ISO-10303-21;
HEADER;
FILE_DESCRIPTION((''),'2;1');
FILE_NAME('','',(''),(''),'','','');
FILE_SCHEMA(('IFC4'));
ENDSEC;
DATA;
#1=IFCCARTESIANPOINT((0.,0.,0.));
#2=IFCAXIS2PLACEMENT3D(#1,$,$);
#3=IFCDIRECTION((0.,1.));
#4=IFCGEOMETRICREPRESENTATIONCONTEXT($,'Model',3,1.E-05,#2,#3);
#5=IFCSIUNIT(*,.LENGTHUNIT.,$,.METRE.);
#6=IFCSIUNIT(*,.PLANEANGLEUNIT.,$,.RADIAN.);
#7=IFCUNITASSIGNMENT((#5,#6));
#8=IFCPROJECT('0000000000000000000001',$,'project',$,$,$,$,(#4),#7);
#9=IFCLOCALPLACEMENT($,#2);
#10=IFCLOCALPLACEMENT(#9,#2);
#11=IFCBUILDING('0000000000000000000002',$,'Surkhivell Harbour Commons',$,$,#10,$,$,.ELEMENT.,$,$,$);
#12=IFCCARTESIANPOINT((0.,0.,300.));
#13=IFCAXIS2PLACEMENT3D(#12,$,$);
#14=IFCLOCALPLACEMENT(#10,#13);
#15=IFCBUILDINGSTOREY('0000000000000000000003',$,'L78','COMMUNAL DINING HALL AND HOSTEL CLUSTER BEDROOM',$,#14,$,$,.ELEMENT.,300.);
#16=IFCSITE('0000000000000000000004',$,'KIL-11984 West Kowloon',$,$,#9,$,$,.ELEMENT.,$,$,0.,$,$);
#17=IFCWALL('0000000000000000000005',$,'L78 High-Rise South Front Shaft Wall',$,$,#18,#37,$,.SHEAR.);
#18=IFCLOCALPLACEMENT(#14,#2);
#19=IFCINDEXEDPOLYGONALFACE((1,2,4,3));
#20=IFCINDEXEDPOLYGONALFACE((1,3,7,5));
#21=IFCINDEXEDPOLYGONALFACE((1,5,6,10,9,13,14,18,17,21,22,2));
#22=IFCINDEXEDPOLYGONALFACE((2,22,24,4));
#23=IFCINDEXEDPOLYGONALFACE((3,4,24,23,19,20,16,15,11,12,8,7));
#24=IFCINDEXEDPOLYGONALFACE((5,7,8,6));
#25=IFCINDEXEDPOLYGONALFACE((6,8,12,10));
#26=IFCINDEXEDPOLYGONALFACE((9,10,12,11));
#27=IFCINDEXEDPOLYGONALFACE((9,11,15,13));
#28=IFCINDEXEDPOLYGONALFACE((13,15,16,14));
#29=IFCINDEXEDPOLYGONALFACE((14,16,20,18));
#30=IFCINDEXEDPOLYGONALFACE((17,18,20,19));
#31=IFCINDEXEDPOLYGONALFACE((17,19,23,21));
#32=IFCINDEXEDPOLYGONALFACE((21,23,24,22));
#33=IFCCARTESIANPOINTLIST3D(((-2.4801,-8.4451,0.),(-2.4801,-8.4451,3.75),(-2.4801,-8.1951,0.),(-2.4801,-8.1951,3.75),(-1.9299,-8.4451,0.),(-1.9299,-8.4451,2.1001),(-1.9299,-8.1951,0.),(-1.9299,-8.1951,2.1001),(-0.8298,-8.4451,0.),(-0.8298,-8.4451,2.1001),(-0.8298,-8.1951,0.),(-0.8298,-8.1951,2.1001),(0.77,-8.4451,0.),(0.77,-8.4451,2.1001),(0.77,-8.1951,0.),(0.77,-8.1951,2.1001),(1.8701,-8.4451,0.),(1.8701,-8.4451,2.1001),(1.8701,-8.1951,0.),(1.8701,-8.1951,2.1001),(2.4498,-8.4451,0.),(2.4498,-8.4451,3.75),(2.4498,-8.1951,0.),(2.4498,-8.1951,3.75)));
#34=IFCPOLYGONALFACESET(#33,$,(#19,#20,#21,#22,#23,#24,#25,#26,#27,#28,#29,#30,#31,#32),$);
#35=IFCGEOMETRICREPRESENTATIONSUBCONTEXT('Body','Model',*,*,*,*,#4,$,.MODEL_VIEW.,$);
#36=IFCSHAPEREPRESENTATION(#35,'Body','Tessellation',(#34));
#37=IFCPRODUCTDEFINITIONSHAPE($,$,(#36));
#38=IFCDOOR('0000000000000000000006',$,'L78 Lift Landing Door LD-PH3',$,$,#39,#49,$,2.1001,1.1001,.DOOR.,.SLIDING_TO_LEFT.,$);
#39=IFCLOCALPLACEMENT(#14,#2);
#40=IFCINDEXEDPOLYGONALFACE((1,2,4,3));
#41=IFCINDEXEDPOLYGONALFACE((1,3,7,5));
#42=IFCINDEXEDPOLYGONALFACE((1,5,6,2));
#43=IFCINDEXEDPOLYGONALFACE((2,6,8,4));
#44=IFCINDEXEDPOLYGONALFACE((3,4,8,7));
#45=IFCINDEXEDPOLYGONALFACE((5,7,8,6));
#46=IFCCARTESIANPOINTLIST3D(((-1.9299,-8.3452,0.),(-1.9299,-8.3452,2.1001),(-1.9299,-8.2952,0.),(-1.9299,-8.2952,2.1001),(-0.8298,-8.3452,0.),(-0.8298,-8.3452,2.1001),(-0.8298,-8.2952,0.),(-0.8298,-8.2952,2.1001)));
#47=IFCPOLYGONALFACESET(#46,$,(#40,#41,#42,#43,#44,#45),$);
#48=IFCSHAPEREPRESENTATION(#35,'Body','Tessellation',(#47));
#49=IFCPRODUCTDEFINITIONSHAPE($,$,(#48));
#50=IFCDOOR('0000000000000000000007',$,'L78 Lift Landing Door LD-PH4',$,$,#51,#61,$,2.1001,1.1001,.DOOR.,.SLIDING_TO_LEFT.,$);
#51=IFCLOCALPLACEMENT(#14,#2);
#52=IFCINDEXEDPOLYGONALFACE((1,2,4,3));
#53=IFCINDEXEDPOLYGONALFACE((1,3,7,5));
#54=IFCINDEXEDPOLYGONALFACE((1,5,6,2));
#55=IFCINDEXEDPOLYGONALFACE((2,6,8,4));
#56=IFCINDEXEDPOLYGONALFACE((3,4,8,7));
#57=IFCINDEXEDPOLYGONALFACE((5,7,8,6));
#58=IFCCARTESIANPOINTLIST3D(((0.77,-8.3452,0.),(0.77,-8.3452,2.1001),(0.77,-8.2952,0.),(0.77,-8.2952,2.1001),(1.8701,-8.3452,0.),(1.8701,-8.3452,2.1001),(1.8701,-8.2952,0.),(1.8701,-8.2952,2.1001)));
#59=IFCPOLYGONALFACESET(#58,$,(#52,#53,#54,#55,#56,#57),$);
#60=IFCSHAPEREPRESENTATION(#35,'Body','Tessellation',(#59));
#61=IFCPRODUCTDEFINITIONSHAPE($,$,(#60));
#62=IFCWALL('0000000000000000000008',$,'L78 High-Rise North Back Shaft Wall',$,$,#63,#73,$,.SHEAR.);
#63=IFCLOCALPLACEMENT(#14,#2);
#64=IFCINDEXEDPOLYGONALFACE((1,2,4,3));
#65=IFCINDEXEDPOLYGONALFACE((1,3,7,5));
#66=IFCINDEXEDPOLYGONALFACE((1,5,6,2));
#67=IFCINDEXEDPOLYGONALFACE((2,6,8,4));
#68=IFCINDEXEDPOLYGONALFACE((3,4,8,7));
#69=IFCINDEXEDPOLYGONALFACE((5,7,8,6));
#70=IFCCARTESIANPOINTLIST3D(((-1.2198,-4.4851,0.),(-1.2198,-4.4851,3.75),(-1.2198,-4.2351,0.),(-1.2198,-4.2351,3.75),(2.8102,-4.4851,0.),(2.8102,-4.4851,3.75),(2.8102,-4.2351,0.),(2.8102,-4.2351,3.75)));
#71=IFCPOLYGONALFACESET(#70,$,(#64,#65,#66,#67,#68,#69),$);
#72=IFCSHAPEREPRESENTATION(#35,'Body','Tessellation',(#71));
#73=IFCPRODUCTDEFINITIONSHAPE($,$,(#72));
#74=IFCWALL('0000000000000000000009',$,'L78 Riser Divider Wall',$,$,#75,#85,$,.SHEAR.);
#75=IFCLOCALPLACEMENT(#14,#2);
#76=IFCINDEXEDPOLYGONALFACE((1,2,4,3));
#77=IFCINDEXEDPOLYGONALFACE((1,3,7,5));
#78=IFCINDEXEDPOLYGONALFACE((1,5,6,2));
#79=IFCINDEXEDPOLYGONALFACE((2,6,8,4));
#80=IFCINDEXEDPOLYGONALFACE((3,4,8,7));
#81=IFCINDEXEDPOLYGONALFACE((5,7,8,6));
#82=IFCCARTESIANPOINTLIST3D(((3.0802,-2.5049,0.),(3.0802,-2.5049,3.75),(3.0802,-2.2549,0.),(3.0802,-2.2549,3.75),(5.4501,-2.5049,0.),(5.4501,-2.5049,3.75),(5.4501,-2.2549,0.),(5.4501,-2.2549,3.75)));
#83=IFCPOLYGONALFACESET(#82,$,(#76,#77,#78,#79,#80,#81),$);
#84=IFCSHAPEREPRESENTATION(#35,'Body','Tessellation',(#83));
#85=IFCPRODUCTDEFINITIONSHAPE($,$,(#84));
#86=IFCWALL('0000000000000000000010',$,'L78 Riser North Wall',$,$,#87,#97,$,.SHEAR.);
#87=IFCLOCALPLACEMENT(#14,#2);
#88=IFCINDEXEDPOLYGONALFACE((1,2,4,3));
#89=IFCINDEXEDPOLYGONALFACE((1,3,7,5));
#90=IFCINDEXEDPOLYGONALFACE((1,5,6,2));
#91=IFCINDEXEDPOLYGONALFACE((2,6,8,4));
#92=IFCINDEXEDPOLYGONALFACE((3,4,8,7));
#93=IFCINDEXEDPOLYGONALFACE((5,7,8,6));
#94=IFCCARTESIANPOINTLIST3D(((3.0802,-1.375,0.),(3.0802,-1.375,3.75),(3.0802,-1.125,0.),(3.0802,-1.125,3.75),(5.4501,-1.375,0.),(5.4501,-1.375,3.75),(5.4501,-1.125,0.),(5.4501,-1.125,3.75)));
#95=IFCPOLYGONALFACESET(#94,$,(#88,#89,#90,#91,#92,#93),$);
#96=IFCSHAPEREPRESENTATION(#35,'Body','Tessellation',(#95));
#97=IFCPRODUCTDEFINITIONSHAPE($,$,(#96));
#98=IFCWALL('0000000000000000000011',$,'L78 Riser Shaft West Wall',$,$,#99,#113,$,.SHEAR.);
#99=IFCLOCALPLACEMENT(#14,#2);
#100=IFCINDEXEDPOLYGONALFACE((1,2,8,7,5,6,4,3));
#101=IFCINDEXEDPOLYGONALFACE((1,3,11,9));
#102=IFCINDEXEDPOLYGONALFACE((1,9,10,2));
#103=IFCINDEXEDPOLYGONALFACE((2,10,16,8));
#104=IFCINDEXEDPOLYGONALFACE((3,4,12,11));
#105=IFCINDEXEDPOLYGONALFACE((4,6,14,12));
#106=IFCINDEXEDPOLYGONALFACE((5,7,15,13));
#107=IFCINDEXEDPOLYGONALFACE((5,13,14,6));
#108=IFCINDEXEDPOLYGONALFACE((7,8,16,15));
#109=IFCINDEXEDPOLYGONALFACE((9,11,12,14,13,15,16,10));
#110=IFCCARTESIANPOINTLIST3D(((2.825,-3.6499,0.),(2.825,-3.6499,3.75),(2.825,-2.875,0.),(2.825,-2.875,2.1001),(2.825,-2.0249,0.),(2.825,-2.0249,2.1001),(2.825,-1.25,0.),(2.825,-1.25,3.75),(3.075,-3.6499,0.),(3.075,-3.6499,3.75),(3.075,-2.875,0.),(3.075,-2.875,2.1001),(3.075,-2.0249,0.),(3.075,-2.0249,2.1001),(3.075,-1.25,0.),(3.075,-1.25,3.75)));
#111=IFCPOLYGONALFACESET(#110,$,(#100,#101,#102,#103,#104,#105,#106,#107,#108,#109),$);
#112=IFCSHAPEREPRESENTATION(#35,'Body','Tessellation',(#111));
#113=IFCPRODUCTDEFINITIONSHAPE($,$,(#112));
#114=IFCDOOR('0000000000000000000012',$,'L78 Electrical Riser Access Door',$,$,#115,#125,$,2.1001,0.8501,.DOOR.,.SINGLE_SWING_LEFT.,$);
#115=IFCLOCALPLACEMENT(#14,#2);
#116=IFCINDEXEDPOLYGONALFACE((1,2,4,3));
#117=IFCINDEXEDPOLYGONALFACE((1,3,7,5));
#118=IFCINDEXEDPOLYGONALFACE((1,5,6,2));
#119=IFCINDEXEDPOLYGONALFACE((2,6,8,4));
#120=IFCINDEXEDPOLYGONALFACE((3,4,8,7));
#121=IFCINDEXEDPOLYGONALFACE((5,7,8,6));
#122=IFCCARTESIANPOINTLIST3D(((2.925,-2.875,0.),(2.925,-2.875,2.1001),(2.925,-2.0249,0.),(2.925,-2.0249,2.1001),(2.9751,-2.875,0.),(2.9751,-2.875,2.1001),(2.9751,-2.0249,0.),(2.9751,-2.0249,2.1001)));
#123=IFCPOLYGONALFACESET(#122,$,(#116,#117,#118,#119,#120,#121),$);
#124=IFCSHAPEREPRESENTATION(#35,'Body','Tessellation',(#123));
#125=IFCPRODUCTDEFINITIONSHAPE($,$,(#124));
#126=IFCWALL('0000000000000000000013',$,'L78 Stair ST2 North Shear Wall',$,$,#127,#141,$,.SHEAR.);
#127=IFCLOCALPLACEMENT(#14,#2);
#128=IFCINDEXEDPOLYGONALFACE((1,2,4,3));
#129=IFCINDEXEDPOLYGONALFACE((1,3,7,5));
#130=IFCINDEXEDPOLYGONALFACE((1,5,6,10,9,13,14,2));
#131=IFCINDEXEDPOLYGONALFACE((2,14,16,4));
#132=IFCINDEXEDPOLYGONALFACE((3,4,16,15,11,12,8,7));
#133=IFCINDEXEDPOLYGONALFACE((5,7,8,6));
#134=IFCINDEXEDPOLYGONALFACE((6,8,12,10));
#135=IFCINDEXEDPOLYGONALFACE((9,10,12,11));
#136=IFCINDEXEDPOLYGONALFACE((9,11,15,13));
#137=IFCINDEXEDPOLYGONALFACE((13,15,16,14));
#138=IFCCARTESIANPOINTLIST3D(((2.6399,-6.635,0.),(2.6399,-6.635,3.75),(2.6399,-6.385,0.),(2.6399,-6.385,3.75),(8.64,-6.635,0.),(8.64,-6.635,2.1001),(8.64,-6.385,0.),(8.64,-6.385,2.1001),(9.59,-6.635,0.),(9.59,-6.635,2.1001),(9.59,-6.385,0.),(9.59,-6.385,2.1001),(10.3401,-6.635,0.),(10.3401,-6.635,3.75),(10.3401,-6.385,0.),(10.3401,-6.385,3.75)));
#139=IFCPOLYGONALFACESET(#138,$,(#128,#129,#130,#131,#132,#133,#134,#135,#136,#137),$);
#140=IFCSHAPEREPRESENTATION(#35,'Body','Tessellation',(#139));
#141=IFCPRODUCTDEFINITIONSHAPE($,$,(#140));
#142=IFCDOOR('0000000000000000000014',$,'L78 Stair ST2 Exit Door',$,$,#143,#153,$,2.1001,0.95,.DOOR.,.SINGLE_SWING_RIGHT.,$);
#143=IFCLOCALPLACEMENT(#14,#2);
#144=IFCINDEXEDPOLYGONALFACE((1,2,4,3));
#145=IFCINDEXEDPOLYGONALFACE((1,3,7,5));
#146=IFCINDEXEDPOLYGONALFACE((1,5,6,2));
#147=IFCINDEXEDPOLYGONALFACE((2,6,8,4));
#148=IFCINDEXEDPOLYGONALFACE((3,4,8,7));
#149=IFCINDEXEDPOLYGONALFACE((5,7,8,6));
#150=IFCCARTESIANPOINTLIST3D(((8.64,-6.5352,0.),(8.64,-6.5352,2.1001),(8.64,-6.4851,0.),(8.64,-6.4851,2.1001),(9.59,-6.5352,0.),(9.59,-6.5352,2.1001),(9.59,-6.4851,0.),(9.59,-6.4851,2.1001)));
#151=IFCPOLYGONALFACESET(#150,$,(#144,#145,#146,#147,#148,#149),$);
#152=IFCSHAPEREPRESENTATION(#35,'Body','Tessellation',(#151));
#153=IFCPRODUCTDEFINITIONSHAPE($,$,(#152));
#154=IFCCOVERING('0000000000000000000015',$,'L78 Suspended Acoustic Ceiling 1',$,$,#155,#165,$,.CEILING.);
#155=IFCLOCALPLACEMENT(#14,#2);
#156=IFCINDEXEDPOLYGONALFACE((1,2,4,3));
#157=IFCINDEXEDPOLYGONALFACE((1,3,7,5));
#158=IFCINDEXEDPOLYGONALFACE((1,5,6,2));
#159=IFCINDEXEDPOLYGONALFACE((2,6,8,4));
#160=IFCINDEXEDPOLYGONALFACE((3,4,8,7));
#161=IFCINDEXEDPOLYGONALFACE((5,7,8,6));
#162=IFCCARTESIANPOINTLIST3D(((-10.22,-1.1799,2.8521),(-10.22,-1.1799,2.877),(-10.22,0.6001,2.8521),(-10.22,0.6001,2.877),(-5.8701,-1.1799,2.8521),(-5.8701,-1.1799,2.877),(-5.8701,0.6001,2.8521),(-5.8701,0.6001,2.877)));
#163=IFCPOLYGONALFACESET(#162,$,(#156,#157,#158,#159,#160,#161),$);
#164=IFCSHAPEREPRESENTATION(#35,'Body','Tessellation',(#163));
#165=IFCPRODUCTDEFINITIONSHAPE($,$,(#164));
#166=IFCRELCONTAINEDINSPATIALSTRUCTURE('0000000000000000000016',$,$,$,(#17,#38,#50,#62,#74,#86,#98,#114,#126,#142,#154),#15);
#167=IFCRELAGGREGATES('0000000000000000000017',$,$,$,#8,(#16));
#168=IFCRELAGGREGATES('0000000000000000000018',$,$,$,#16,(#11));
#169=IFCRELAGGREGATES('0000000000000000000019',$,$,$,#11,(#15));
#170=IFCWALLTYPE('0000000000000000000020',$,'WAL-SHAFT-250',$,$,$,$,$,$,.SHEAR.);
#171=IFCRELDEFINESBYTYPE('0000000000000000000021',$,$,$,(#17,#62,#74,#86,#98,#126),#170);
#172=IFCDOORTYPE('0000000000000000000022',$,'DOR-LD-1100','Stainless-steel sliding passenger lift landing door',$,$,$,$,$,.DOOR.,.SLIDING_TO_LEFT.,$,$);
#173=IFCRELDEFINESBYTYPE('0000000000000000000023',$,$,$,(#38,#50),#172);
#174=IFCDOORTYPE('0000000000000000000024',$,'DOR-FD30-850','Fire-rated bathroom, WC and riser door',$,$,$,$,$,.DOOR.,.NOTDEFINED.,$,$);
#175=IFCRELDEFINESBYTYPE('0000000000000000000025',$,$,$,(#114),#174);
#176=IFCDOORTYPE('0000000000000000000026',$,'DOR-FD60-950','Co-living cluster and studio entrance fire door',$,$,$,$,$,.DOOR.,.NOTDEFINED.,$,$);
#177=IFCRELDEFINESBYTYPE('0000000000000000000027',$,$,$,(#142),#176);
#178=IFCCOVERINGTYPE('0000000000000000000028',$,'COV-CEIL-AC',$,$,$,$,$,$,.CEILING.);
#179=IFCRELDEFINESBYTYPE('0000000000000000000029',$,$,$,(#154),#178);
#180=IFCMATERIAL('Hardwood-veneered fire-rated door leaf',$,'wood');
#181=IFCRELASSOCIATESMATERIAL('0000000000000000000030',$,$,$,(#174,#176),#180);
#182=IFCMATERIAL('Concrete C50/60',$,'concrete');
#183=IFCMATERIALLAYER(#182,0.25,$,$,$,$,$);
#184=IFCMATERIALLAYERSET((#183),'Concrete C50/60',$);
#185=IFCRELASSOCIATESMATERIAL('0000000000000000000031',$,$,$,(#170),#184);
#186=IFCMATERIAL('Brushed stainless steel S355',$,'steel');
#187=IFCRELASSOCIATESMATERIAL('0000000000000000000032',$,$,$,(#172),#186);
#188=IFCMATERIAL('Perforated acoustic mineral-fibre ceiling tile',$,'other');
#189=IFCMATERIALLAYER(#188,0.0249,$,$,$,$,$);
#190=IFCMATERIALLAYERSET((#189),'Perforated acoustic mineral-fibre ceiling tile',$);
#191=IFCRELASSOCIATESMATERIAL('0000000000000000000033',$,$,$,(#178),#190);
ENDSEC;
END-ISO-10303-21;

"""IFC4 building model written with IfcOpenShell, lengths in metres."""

from ifc_helpers import new_model, si_unit, direction, frame, frame_2d, origin, place, context, subcontext, project, spatial, polyline, rectangle, outline, extrude, material, layer, layer_set, type_object, element, fill, save


model = new_model("IFC4")

# Units and contexts
model_context = context("Model", 3, precision=1e-05, world=origin(), true_north=direction((0.0, 1.0)))
body_context = subcontext(model_context, "Body", "Model", "MODEL_VIEW")
ifc_project = project(units=[si_unit("LENGTHUNIT", "METRE"), si_unit("PLANEANGLEUNIT", "RADIAN")], contexts=[model_context])

# Site, building, storey
site_placement = place(None, origin())
site = spatial("IfcSite", under=ifc_project, at=site_placement, Name="KIL-11984 West Kowloon", CompositionType="ELEMENT", RefElevation=0.0)
building_placement = place(site_placement, origin())
building = spatial("IfcBuilding", under=site, at=building_placement, Name="Surkhivell Harbour Commons", CompositionType="ELEMENT")
storey_placement = place(building_placement, frame((0.0, 0.0, 300.0)))
storey = spatial("IfcBuildingStorey", under=building, at=storey_placement, Name="L78", Description="COMMUNAL DINING HALL AND HOSTEL CLUSTER BEDROOM", CompositionType="ELEMENT", Elevation=300.0)

# Shared definitions
ifc_material_1 = material(Name="Hardwood-veneered fire-rated door leaf", Category="wood")
door_type_1 = type_object("IfcDoorType", Name="DOR-FD30-850", Description="Fire-rated bathroom, WC and riser door", OperationType="NOTDEFINED", PredefinedType="DOOR", material=ifc_material_1)

# Shared definitions
ifc_material_2 = material(Name="Concrete C50/60", Category="concrete")
ifc_layer_1 = layer(ifc_material_2, 0.25)
ifc_layer_set_1 = layer_set([ifc_layer_1], Name="Concrete C50/60")
wall_type_1 = type_object("IfcWallType", Name="WAL-SHAFT-250", PredefinedType="SHEAR", material=ifc_layer_set_1)

# Wall, openings, doors
ifc_material_3 = material(Name="Brushed stainless steel S355", Category="steel")
door_type_2 = type_object("IfcDoorType", Name="DOR-LD-1100", Description="Stainless-steel sliding passenger lift landing door", OperationType="SLIDING_TO_LEFT", PredefinedType="DOOR", material=ifc_material_3)
wall_1_placement = place(storey_placement, frame((-2.48, -8.3201, 0.0), z_axis=(0.0, 0.0, 1.0), x_axis=(1.0, 0.0, 0.0)))
wall_1 = element("IfcWall", 1, at=wall_1_placement, inside=storey, type_object=wall_type_1, Name="L78 High-Rise South Front Shaft Wall", PredefinedType="SHEAR", context=body_context, shape_type="SweptSolid", body=[
    extrude(rectangle(XDim=4.9299, YDim=0.25, at=frame_2d((2.4648, 0.0))), origin(), (0.0, 0.0, 1.0), 3.75),
])
opening_1_placement = place(wall_1_placement, frame((0.55, 0.0, 0.0)))
opening_1 = element("IfcOpeningElement", 2, at=opening_1_placement, cuts=wall_1, PredefinedType="OPENING", context=body_context, shape_type="SweptSolid", body=[
    extrude(rectangle(XDim=1.1001, YDim=2.1001, at=frame_2d((0.55, 1.05))), frame((0.0, 0.135, 0.0), z_axis=(0.0, -1.0, 0.0), x_axis=(1.0, 0.0, 0.0)), (0.0, 0.0, 1.0), 0.27),
])
opening_2_placement = place(wall_1_placement, frame((3.25, 0.0, 0.0)))
opening_2 = element("IfcOpeningElement", 3, at=opening_2_placement, cuts=wall_1, PredefinedType="OPENING", context=body_context, shape_type="SweptSolid", body=[
    extrude(rectangle(XDim=1.1001, YDim=2.1001, at=frame_2d((0.55, 1.05))), frame((0.0, 0.135, 0.0), z_axis=(0.0, -1.0, 0.0), x_axis=(1.0, 0.0, 0.0)), (0.0, 0.0, 1.0), 0.27),
])
door_1_placement = place(opening_1_placement, origin())
door_1 = element("IfcDoor", 4, at=door_1_placement, inside=storey, type_object=door_type_2, Name="L78 Lift Landing Door LD-PH3", OperationType="SLIDING_TO_LEFT", OverallHeight=2.1001, OverallWidth=1.1001, PredefinedType="DOOR", context=body_context, shape_type="SweptSolid", body=[
    extrude(rectangle(XDim=1.1001, YDim=2.1001, at=frame_2d((0.55, 1.05))), frame((0.0, 0.0249, 0.0), z_axis=(0.0, -1.0, 0.0), x_axis=(1.0, 0.0, 0.0)), (0.0, 0.0, 1.0), 0.05),
])
fill(opening_1, door_1)
door_2_placement = place(opening_2_placement, origin())
door_2 = element("IfcDoor", 5, at=door_2_placement, inside=storey, type_object=door_type_2, Name="L78 Lift Landing Door LD-PH4", OperationType="SLIDING_TO_LEFT", OverallHeight=2.1001, OverallWidth=1.1001, PredefinedType="DOOR", context=body_context, shape_type="SweptSolid", body=[
    extrude(rectangle(XDim=1.1001, YDim=2.1001, at=frame_2d((0.55, 1.05))), frame((0.0, 0.0249, 0.0), z_axis=(0.0, -1.0, 0.0), x_axis=(1.0, 0.0, 0.0)), (0.0, 0.0, 1.0), 0.05),
])
fill(opening_2, door_2)

# Walls
wall_2_placement = place(storey_placement, frame((-1.22, -4.3601, 0.0), z_axis=(0.0, 0.0, 1.0), x_axis=(1.0, 0.0, 0.0)))
element("IfcWall", 6, at=wall_2_placement, inside=storey, type_object=wall_type_1, Name="L78 High-Rise North Back Shaft Wall", PredefinedType="SHEAR", context=body_context, shape_type="SweptSolid", body=[
    extrude(rectangle(XDim=4.03, YDim=0.25, at=frame_2d((2.0151, 0.0))), origin(), (0.0, 0.0, 1.0), 3.75),
])
for number, where, z_axis, x_axis, name in (
    (7, (3.0801, -2.3799, 0.0), (0.0, 0.0, 1.0), (1.0, 0.0, 0.0), "L78 Riser Divider Wall"),
    (8, (3.0801, -1.25, 0.0), (0.0, 0.0, 1.0), (1.0, 0.0, 0.0), "L78 Riser North Wall"),
):
    element("IfcWall", number, at=place(storey_placement, frame(where, z_axis=z_axis, x_axis=x_axis)), inside=storey, type_object=wall_type_1, Name=name, PredefinedType="SHEAR", context=body_context, shape_type="SweptSolid", body=[
        extrude(rectangle(XDim=2.3699, YDim=0.25, at=frame_2d((1.1851, 0.0))), origin(), (0.0, 0.0, 1.0), 3.75),
    ])

# Walls, openings, doors
wall_3_placement = place(storey_placement, frame((2.95, -3.6499, 0.0), z_axis=(0.0, 0.0, 1.0), x_axis=(0.0, 1.0, 0.0)))
wall_3 = element("IfcWall", 9, at=wall_3_placement, inside=storey, type_object=wall_type_1, Name="L78 Riser Shaft West Wall", PredefinedType="SHEAR", context=body_context, shape_type="SweptSolid", body=[
    extrude(rectangle(XDim=2.3999, YDim=0.25, at=frame_2d((1.2, 0.0))), origin(), (0.0, 0.0, 1.0), 3.75),
])
opening_3_placement = place(wall_3_placement, frame((0.7749, 0.0, 0.0)))
opening_3 = element("IfcOpeningElement", 10, at=opening_3_placement, cuts=wall_3, PredefinedType="OPENING", context=body_context, shape_type="SweptSolid", body=[
    extrude(rectangle(XDim=0.8501, YDim=2.1001, at=frame_2d((0.425, 1.05))), frame((0.0, 0.135, 0.0), z_axis=(0.0, -1.0, 0.0), x_axis=(1.0, 0.0, 0.0)), (0.0, 0.0, 1.0), 0.27),
])
door_3_placement = place(opening_3_placement, origin())
door_3 = element("IfcDoor", 11, at=door_3_placement, inside=storey, type_object=door_type_1, Name="L78 Electrical Riser Access Door", OperationType="SINGLE_SWING_LEFT", OverallHeight=2.1001, OverallWidth=0.8501, PredefinedType="DOOR", context=body_context, shape_type="SweptSolid", body=[
    extrude(rectangle(XDim=0.8501, YDim=2.1001, at=frame_2d((0.425, 1.05))), frame((0.0, 0.0249, 0.0), z_axis=(0.0, -1.0, 0.0), x_axis=(1.0, 0.0, 0.0)), (0.0, 0.0, 1.0), 0.05),
])
fill(opening_3, door_3)
wall_4_placement = place(storey_placement, frame((2.6399, -6.51, 0.0), z_axis=(0.0, 0.0, 1.0), x_axis=(1.0, 0.0, 0.0)))
wall_4 = element("IfcWall", 12, at=wall_4_placement, inside=storey, type_object=wall_type_1, Name="L78 Stair ST2 North Shear Wall", PredefinedType="SHEAR", context=body_context, shape_type="SweptSolid", body=[
    extrude(rectangle(XDim=7.7002, YDim=0.25, at=frame_2d((3.8501, 0.0))), origin(), (0.0, 0.0, 1.0), 3.75),
])
opening_4_placement = place(wall_4_placement, frame((6.0, 0.0, 0.0)))
opening_4 = element("IfcOpeningElement", 13, at=opening_4_placement, cuts=wall_4, PredefinedType="OPENING", context=body_context, shape_type="SweptSolid", body=[
    extrude(rectangle(XDim=0.95, YDim=2.1001, at=frame_2d((0.4751, 1.05))), frame((0.0, 0.135, 0.0), z_axis=(0.0, -1.0, 0.0), x_axis=(1.0, 0.0, 0.0)), (0.0, 0.0, 1.0), 0.27),
])
door_type_3 = type_object("IfcDoorType", Name="DOR-FD60-950", Description="Co-living cluster and studio entrance fire door", OperationType="NOTDEFINED", PredefinedType="DOOR", material=ifc_material_1)
door_4_placement = place(opening_4_placement, origin())
door_4 = element("IfcDoor", 14, at=door_4_placement, inside=storey, type_object=door_type_3, Name="L78 Stair ST2 Exit Door", OperationType="SINGLE_SWING_RIGHT", OverallHeight=2.1001, OverallWidth=0.95, PredefinedType="DOOR", context=body_context, shape_type="SweptSolid", body=[
    extrude(rectangle(XDim=0.95, YDim=2.1001, at=frame_2d((0.4751, 1.05))), frame((0.0, 0.0249, 0.0), z_axis=(0.0, -1.0, 0.0), x_axis=(1.0, 0.0, 0.0)), (0.0, 0.0, 1.0), 0.05),
])
fill(opening_4, door_4)

# Covering
ifc_material_4 = material(Name="Perforated acoustic mineral-fibre ceiling tile", Category="other")
ifc_layer_2 = layer(ifc_material_4, 0.0249)
ifc_layer_set_2 = layer_set([ifc_layer_2], Name="Perforated acoustic mineral-fibre ceiling tile")
covering_type_1 = type_object("IfcCoveringType", Name="COV-CEIL-AC", PredefinedType="CEILING", material=ifc_layer_set_2)
covering_1_placement = place(storey_placement, frame((0.0, 0.0, 2.8521)))
element("IfcCovering", 15, at=covering_1_placement, inside=storey, type_object=covering_type_1, Name="L78 Suspended Acoustic Ceiling 1", PredefinedType="CEILING", context=body_context, shape_type="SweptSolid", body=[
    extrude(outline(polyline([(-10.22, -1.1799), (-5.8701, -1.1799), (-5.8701, 0.6001), (-10.22, 0.6001), (-10.22, -1.1799)])), origin(), (0.0, 0.0, 1.0), 0.0249),
])

save(model, "model.ifc")
